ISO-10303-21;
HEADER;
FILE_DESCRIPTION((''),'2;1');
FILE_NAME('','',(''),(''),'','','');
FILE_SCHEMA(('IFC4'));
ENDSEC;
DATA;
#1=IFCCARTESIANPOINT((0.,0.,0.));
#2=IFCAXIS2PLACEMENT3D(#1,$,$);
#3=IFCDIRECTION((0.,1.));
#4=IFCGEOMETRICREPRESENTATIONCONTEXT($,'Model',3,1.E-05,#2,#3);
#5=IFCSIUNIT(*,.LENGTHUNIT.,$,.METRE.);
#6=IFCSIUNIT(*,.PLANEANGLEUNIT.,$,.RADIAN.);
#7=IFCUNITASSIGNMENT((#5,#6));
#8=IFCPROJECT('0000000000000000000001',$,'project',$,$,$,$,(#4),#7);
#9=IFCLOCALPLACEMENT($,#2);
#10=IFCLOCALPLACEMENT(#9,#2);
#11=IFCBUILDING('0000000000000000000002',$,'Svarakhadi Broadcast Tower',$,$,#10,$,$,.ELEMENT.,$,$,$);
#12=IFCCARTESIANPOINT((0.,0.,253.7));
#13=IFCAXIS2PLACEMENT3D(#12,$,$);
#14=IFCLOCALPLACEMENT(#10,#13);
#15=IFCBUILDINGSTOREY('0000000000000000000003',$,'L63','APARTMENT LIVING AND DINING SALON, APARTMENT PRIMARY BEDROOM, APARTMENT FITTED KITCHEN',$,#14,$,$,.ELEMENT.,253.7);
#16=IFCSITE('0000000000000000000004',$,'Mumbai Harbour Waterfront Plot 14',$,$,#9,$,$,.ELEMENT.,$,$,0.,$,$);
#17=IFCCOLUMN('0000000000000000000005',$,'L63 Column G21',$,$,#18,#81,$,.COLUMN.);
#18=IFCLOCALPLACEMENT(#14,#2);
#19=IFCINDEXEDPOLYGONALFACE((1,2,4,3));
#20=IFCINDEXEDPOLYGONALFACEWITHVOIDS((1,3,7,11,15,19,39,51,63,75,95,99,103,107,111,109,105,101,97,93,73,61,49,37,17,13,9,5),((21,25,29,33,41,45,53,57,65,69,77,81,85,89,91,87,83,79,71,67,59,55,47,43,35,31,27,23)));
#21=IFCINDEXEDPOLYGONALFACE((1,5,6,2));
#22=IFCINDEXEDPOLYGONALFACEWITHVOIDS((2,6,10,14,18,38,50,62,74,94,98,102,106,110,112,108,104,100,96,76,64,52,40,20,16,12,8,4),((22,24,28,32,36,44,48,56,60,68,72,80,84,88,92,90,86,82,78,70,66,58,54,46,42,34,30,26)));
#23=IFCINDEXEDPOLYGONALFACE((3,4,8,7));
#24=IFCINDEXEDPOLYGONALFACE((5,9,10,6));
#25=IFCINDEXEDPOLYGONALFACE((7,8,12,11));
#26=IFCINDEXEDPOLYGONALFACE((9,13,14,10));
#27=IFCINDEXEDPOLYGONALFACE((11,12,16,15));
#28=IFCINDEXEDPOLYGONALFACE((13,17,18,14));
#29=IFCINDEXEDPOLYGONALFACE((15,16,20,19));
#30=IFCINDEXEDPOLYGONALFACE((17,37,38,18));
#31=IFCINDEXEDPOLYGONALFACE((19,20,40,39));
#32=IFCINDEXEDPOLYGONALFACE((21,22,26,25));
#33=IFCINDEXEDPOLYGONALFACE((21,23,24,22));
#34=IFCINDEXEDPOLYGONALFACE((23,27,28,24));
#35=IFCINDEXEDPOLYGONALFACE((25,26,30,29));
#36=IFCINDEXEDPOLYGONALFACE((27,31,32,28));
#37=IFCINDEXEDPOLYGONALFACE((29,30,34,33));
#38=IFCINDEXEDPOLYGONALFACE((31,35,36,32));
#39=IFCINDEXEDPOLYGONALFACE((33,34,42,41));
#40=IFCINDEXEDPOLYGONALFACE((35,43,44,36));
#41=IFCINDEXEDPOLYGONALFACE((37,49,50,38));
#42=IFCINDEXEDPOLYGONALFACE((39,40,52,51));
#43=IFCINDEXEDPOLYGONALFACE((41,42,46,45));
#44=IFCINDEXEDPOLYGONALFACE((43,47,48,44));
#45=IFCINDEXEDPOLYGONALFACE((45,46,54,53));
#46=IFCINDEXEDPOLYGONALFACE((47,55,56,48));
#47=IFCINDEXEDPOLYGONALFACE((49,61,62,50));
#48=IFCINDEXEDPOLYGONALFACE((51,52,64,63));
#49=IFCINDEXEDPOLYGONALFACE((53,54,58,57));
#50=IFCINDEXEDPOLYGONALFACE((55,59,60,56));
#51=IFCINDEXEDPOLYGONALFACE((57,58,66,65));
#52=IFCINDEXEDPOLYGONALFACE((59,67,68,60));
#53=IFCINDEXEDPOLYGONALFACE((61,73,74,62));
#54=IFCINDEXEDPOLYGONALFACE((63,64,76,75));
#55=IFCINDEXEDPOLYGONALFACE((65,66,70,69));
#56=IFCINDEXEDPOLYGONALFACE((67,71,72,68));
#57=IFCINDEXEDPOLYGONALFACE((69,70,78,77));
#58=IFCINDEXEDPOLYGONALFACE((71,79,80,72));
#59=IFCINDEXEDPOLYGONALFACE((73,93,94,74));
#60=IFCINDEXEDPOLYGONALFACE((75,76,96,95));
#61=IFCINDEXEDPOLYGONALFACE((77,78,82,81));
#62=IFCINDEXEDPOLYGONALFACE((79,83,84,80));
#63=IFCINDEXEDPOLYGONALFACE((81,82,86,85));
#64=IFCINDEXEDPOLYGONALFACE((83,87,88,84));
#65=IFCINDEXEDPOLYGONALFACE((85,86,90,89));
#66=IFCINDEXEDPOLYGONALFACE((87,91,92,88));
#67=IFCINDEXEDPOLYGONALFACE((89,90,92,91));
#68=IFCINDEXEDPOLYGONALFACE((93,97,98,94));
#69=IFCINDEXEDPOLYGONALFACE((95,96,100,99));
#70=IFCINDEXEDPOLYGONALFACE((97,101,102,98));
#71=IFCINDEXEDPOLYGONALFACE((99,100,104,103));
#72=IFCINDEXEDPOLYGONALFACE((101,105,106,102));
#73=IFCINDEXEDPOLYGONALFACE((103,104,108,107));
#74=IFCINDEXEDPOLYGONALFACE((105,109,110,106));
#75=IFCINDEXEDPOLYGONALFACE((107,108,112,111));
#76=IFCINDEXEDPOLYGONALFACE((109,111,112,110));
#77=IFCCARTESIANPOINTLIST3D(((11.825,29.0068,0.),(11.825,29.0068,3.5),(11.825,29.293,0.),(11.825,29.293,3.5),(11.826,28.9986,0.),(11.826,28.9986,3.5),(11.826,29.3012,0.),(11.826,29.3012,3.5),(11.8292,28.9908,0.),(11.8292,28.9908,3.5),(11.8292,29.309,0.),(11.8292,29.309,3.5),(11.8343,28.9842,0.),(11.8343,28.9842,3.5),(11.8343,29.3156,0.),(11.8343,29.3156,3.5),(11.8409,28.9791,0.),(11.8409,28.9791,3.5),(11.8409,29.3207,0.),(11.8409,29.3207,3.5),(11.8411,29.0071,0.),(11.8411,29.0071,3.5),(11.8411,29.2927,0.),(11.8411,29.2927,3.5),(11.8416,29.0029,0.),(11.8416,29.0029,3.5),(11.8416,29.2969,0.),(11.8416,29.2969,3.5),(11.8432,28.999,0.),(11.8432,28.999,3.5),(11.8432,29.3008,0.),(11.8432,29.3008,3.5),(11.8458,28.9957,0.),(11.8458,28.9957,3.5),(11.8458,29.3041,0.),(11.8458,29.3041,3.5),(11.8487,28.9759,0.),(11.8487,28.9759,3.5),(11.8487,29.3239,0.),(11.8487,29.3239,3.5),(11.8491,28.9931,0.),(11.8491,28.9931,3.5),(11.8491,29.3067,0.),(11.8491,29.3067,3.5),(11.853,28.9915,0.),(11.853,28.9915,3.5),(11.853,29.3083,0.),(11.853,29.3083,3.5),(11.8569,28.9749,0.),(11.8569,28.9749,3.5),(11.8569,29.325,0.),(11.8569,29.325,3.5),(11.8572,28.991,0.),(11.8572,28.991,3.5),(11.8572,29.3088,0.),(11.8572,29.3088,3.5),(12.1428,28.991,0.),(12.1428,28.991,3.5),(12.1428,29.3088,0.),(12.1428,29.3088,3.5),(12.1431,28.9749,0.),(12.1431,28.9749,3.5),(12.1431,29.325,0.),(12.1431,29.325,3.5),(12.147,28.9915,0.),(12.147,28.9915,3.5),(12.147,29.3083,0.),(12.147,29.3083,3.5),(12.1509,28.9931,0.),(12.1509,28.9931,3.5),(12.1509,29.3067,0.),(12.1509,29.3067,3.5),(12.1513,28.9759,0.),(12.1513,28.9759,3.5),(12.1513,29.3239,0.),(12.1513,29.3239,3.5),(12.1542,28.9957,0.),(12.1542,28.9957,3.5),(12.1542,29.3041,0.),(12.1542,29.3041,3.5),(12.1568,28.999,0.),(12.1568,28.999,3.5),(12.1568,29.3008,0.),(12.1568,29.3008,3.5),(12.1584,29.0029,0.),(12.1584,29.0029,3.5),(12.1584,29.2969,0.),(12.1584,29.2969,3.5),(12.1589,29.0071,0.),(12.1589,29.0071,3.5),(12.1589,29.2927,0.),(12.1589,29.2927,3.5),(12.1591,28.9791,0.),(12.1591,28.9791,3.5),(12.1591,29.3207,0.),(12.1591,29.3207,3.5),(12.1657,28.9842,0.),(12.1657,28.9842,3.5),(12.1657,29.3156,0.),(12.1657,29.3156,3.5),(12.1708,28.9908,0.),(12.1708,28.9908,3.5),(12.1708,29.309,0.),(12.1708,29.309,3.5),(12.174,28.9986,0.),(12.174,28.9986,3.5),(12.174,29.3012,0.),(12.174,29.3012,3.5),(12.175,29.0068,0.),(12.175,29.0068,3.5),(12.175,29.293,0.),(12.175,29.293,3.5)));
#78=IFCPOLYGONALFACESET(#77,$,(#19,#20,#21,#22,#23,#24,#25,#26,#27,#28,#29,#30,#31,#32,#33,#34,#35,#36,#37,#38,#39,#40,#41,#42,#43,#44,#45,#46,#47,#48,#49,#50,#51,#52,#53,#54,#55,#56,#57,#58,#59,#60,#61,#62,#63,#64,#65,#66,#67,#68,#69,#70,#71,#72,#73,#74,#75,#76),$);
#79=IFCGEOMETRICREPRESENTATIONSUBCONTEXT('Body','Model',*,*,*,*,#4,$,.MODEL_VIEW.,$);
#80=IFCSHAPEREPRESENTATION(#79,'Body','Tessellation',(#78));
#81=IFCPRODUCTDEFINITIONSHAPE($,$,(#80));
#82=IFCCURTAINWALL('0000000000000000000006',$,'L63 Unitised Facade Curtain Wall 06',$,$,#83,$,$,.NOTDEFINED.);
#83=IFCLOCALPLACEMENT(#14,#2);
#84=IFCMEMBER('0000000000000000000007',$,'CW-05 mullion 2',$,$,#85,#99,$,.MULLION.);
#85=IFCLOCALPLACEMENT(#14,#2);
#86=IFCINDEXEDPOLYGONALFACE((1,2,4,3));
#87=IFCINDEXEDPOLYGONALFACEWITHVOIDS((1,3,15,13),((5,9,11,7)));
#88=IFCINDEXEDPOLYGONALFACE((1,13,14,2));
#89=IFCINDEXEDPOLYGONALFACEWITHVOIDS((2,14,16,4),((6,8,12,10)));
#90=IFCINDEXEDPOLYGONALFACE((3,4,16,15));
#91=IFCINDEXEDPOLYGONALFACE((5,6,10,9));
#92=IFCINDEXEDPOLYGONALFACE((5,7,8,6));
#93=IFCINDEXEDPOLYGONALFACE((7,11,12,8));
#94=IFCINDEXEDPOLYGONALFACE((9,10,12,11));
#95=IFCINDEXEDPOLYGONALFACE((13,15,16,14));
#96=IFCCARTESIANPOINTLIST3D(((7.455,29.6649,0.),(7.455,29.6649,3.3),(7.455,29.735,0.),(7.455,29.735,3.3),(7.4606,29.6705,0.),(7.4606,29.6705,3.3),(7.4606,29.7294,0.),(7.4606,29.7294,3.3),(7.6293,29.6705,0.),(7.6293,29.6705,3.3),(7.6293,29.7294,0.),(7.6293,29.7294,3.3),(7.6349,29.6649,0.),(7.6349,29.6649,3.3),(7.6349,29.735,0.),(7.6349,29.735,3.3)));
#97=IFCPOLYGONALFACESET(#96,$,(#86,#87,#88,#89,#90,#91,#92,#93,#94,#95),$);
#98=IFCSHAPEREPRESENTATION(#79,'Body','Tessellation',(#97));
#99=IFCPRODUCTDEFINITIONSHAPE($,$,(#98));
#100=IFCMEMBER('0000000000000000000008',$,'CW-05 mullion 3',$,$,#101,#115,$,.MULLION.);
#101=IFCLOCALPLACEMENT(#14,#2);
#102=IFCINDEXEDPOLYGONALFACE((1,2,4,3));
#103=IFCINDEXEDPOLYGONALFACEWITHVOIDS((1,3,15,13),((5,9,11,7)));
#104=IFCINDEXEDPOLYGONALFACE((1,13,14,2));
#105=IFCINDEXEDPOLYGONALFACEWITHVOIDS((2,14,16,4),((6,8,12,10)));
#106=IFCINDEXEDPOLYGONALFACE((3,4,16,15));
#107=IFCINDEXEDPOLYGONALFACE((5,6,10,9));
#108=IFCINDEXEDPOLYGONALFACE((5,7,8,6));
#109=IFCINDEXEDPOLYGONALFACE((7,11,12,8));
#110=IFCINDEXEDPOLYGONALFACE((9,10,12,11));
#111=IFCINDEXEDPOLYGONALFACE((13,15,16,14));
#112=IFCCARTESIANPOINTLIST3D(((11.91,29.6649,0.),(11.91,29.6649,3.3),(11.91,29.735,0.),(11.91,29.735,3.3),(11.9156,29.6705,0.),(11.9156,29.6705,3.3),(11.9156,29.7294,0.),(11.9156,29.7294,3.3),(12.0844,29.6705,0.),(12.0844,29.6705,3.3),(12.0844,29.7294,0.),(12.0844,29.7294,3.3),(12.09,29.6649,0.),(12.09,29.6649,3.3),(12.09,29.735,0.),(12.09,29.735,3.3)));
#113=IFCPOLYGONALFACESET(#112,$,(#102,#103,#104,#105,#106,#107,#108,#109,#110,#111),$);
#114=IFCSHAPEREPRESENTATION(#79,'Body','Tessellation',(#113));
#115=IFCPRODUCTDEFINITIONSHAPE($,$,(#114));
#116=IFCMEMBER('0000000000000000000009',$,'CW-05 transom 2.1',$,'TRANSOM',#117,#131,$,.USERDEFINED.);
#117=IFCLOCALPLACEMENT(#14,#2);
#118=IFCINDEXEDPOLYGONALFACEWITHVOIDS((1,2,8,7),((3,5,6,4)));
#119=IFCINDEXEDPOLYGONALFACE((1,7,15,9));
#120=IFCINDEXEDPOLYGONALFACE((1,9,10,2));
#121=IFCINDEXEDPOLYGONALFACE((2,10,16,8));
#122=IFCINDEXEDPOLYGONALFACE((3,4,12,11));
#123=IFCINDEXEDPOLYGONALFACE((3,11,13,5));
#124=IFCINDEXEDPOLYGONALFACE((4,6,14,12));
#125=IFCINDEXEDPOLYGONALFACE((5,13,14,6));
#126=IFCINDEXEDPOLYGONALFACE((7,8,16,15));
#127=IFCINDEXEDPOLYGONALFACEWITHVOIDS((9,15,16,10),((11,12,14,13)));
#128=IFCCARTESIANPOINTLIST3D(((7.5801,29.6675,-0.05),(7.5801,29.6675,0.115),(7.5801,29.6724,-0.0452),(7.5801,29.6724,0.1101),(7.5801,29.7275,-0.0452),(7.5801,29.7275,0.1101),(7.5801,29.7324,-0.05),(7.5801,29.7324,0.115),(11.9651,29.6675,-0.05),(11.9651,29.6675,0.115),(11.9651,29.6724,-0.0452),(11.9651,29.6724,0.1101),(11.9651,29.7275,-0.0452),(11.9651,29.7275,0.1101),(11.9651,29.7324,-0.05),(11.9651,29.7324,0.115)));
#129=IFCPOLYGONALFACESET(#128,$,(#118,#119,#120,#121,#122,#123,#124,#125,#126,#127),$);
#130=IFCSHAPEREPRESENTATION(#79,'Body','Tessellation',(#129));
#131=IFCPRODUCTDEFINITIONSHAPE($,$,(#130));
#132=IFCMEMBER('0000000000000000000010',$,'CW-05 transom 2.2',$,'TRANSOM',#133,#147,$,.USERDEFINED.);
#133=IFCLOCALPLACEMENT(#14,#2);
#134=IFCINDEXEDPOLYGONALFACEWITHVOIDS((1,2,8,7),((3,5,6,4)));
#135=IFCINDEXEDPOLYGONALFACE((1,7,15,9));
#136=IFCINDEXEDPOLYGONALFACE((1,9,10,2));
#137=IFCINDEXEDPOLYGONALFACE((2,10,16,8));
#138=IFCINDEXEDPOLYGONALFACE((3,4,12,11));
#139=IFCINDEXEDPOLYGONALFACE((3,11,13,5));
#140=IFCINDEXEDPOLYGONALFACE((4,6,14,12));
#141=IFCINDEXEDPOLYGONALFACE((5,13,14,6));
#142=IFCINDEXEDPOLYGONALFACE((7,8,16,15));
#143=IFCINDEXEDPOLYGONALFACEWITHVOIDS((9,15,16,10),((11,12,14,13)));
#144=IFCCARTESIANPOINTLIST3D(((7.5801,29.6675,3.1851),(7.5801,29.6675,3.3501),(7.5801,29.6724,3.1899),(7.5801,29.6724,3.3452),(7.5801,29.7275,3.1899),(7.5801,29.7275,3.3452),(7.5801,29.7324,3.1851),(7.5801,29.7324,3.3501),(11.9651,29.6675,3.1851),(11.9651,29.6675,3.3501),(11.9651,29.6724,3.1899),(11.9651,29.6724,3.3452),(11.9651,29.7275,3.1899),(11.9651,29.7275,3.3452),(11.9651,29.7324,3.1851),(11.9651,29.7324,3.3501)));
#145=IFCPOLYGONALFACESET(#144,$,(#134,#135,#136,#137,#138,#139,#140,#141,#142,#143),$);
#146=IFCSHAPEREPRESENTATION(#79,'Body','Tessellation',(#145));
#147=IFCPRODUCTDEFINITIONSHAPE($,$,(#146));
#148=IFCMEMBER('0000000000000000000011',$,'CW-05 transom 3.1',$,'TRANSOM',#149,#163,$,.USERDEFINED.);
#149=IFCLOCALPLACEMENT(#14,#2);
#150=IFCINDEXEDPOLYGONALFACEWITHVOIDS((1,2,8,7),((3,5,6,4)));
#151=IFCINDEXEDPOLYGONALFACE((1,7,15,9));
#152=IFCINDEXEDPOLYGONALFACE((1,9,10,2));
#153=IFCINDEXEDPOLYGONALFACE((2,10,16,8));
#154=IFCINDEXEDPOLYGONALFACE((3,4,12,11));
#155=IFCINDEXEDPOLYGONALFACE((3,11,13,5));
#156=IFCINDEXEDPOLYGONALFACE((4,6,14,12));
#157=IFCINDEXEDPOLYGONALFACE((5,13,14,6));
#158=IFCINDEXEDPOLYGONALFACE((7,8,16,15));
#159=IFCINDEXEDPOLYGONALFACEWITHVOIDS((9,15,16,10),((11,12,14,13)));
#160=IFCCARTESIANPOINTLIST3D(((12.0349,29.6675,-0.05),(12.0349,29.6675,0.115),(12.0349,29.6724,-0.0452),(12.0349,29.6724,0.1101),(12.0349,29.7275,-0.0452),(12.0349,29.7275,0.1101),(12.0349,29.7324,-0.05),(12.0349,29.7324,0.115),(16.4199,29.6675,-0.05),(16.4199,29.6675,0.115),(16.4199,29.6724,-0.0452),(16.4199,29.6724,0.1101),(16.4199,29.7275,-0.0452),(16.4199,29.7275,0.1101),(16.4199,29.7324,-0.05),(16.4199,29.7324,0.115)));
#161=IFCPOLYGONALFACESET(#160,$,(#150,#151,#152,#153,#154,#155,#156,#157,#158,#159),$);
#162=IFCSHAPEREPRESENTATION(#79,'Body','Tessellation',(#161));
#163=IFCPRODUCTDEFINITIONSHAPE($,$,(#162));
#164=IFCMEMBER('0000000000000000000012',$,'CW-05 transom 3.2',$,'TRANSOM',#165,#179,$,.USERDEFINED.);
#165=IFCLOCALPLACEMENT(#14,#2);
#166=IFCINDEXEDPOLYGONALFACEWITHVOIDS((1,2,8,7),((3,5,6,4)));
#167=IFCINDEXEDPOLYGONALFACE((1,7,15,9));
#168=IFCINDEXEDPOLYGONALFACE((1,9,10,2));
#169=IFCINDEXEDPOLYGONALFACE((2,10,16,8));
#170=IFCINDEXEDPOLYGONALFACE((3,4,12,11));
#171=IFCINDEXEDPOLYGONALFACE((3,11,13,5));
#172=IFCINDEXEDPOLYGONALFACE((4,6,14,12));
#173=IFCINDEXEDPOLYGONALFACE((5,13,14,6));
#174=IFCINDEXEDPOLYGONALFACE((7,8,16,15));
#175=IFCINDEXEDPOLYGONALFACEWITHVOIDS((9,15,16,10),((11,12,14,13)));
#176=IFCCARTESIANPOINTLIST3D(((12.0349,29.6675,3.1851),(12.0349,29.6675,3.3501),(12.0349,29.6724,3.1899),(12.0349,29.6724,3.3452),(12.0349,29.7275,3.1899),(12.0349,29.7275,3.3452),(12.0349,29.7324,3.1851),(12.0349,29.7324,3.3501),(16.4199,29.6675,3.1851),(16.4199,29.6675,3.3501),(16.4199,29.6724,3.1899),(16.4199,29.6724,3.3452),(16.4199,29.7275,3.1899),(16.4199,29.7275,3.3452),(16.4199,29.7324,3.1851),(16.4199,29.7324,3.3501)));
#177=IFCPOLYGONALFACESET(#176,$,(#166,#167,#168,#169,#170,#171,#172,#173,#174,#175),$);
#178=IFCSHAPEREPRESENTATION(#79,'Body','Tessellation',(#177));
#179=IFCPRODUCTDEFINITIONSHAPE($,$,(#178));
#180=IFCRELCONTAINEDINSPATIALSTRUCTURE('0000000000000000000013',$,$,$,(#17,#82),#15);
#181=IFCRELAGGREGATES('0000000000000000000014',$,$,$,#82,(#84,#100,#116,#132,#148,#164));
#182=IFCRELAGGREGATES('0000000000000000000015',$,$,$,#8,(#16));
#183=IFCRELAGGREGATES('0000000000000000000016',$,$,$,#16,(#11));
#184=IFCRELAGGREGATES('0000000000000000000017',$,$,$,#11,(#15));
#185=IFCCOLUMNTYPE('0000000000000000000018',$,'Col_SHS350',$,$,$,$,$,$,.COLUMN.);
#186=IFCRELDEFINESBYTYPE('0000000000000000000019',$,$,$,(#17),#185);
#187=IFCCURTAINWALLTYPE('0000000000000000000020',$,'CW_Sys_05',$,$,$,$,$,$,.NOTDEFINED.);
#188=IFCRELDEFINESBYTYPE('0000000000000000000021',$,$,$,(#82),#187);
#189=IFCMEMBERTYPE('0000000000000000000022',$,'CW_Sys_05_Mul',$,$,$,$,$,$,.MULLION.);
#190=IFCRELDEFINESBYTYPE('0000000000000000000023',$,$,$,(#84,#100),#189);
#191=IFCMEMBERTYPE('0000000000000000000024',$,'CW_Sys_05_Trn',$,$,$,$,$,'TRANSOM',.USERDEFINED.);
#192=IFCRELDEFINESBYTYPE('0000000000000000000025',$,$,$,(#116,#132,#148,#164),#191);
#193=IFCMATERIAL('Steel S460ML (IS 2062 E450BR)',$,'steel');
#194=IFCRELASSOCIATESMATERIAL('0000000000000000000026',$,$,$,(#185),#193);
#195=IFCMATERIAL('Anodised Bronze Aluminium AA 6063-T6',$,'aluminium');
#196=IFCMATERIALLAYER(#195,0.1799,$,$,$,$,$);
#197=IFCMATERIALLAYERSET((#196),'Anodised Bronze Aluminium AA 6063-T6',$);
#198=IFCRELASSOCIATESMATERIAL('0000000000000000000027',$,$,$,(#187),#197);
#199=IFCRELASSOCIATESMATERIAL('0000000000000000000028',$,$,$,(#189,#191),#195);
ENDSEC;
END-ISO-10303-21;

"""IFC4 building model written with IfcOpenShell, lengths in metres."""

from ifc_helpers import new_model, si_unit, direction, frame, origin, origin_2d, place, context, subcontext, project, spatial, hollow_rectangle, extrude, material, layer, layer_set, material_profile, profile_set, type_object, element, aggregate, save


model = new_model("IFC4")

# Units and contexts
model_context = context("Model", 3, precision=1e-05, world=origin(), true_north=direction((0.0, 1.0)))
body_context = subcontext(model_context, "Body", "Model", "MODEL_VIEW")
ifc_project = project(units=[si_unit("LENGTHUNIT", "METRE"), si_unit("PLANEANGLEUNIT", "RADIAN")], contexts=[model_context])

# Site, building, storey
site_placement = place(None, origin())
site = spatial("IfcSite", under=ifc_project, at=site_placement, Name="Mumbai Harbour Waterfront Plot 14", CompositionType="ELEMENT", RefElevation=0.0)
building_placement = place(site_placement, origin())
building = spatial("IfcBuilding", under=site, at=building_placement, Name="Svarakhadi Broadcast Tower", CompositionType="ELEMENT")
storey_placement = place(building_placement, frame((0.0, 0.0, 253.7)))
storey = spatial("IfcBuildingStorey", under=building, at=storey_placement, Name="L63", Description="APARTMENT LIVING AND DINING SALON, APARTMENT PRIMARY BEDROOM, APARTMENT FITTED KITCHEN", CompositionType="ELEMENT", Elevation=253.7)

# Column
ifc_material_1 = material(Name="Steel S460ML (IS 2062 E450BR)", Category="steel")
ifc_material_profile_1 = material_profile(ifc_material_1, hollow_rectangle(XDim=0.3501, YDim=0.3501, WallThickness=0.0161, InnerFilletRadius=0.0161, OuterFilletRadius=0.032, at=origin_2d()), Name="SHS 350x350x16")
ifc_profile_set_1 = profile_set([ifc_material_profile_1], Name="Steel S460ML (IS 2062 E450BR)")
column_type = type_object("IfcColumnType", Name="Col_SHS350", PredefinedType="COLUMN", material=ifc_profile_set_1)
column_placement = place(storey_placement, frame((12.0, 29.1499, 0.0), z_axis=(0.0, 0.0, 1.0), x_axis=(1.0, 0.0, 0.0)))
element("IfcColumn", 1, at=column_placement, inside=storey, type_object=column_type, Name="L63 Column G21", PredefinedType="COLUMN", context=body_context, shape_type="SweptSolid", body=[
    extrude(hollow_rectangle(XDim=0.3501, YDim=0.3501, WallThickness=0.0161, InnerFilletRadius=0.0161, OuterFilletRadius=0.032, at=origin_2d()), origin(), (0.0, 0.0, 1.0), 3.5),
])

# Curtain wall, members
ifc_material_2 = material(Name="Anodised Bronze Aluminium AA 6063-T6", Category="aluminium")
ifc_layer_1 = layer(ifc_material_2, 0.1799)
ifc_layer_set_1 = layer_set([ifc_layer_1], Name="Anodised Bronze Aluminium AA 6063-T6")
curtain_wall_type = type_object("IfcCurtainWallType", Name="CW_Sys_05", PredefinedType="NOTDEFINED", material=ifc_layer_set_1)
curtain_wall_placement = place(storey_placement, origin())
curtain_wall = element("IfcCurtainWall", 2, at=curtain_wall_placement, inside=storey, type_object=curtain_wall_type, Name="L63 Unitised Facade Curtain Wall 06", PredefinedType="NOTDEFINED")
ifc_material_profile_2 = material_profile(ifc_material_2, hollow_rectangle(XDim=0.0701, YDim=0.1799, WallThickness=0.0056, at=origin_2d()), Name="ALU MULLION 180x70x6")
ifc_profile_set_2 = profile_set([ifc_material_profile_2], Name="Anodised Bronze Aluminium AA 6063-T6")
member_type_1 = type_object("IfcMemberType", Name="CW_Sys_05_Mul", PredefinedType="MULLION", material=ifc_profile_set_2)
member_1_placement = place(storey_placement, frame((7.5449, 29.7, 0.0), z_axis=(0.0, 0.0, 1.0), x_axis=(0.0, 1.0, 0.0)))
member_1 = element("IfcMember", 3, at=member_1_placement, type_object=member_type_1, Name="CW-05 mullion 2", PredefinedType="MULLION", context=body_context, shape_type="SweptSolid", body=[
    extrude(hollow_rectangle(XDim=0.0701, YDim=0.1799, WallThickness=0.0056, at=origin_2d()), origin(), (0.0, 0.0, 1.0), 3.3),
])
member_2_placement = place(storey_placement, frame((12.0, 29.7, 0.0), z_axis=(0.0, 0.0, 1.0), x_axis=(0.0, 1.0, 0.0)))
member_2 = element("IfcMember", 4, at=member_2_placement, type_object=member_type_1, Name="CW-05 mullion 3", PredefinedType="MULLION", context=body_context, shape_type="SweptSolid", body=[
    extrude(hollow_rectangle(XDim=0.0701, YDim=0.1799, WallThickness=0.0056, at=origin_2d()), origin(), (0.0, 0.0, 1.0), 3.3),
])
ifc_material_profile_3 = material_profile(ifc_material_2, hollow_rectangle(XDim=0.0649, YDim=0.165, WallThickness=0.0049, at=origin_2d()), Name="ALU TRANSOM 165x65x5")
ifc_profile_set_3 = profile_set([ifc_material_profile_3], Name="Anodised Bronze Aluminium AA 6063-T6")
member_type_2 = type_object("IfcMemberType", Name="CW_Sys_05_Trn", ElementType="TRANSOM", PredefinedType="USERDEFINED", material=ifc_profile_set_3)
member_3_placement = place(storey_placement, frame((7.5801, 29.7, 0.0325), z_axis=(1.0, 0.0, 0.0), x_axis=(0.0, 1.0, 0.0)))
member_3 = element("IfcMember", 5, at=member_3_placement, type_object=member_type_2, Name="CW-05 transom 2.1", ObjectType="TRANSOM", PredefinedType="USERDEFINED", context=body_context, shape_type="SweptSolid", body=[
    extrude(hollow_rectangle(XDim=0.0649, YDim=0.165, WallThickness=0.0049, at=origin_2d()), origin(), (0.0, 0.0, 1.0), 4.385),
])
member_4_placement = place(storey_placement, frame((7.5801, 29.7, 3.2676), z_axis=(1.0, 0.0, 0.0), x_axis=(0.0, 1.0, 0.0)))
member_4 = element("IfcMember", 6, at=member_4_placement, type_object=member_type_2, Name="CW-05 transom 2.2", ObjectType="TRANSOM", PredefinedType="USERDEFINED", context=body_context, shape_type="SweptSolid", body=[
    extrude(hollow_rectangle(XDim=0.0649, YDim=0.165, WallThickness=0.0049, at=origin_2d()), origin(), (0.0, 0.0, 1.0), 4.385),
])
member_5_placement = place(storey_placement, frame((12.0349, 29.7, 0.0325), z_axis=(1.0, 0.0, 0.0), x_axis=(0.0, 1.0, 0.0)))
member_5 = element("IfcMember", 7, at=member_5_placement, type_object=member_type_2, Name="CW-05 transom 3.1", ObjectType="TRANSOM", PredefinedType="USERDEFINED", context=body_context, shape_type="SweptSolid", body=[
    extrude(hollow_rectangle(XDim=0.0649, YDim=0.165, WallThickness=0.0049, at=origin_2d()), origin(), (0.0, 0.0, 1.0), 4.385),
])
member_6_placement = place(storey_placement, frame((12.0349, 29.7, 3.2676), z_axis=(1.0, 0.0, 0.0), x_axis=(0.0, 1.0, 0.0)))
member_6 = element("IfcMember", 8, at=member_6_placement, type_object=member_type_2, Name="CW-05 transom 3.2", ObjectType="TRANSOM", PredefinedType="USERDEFINED", context=body_context, shape_type="SweptSolid", body=[
    extrude(hollow_rectangle(XDim=0.0649, YDim=0.165, WallThickness=0.0049, at=origin_2d()), origin(), (0.0, 0.0, 1.0), 4.385),
])

aggregate(curtain_wall, [member_1, member_2, member_3, member_4, member_5, member_6])

save(model, "model.ifc")
